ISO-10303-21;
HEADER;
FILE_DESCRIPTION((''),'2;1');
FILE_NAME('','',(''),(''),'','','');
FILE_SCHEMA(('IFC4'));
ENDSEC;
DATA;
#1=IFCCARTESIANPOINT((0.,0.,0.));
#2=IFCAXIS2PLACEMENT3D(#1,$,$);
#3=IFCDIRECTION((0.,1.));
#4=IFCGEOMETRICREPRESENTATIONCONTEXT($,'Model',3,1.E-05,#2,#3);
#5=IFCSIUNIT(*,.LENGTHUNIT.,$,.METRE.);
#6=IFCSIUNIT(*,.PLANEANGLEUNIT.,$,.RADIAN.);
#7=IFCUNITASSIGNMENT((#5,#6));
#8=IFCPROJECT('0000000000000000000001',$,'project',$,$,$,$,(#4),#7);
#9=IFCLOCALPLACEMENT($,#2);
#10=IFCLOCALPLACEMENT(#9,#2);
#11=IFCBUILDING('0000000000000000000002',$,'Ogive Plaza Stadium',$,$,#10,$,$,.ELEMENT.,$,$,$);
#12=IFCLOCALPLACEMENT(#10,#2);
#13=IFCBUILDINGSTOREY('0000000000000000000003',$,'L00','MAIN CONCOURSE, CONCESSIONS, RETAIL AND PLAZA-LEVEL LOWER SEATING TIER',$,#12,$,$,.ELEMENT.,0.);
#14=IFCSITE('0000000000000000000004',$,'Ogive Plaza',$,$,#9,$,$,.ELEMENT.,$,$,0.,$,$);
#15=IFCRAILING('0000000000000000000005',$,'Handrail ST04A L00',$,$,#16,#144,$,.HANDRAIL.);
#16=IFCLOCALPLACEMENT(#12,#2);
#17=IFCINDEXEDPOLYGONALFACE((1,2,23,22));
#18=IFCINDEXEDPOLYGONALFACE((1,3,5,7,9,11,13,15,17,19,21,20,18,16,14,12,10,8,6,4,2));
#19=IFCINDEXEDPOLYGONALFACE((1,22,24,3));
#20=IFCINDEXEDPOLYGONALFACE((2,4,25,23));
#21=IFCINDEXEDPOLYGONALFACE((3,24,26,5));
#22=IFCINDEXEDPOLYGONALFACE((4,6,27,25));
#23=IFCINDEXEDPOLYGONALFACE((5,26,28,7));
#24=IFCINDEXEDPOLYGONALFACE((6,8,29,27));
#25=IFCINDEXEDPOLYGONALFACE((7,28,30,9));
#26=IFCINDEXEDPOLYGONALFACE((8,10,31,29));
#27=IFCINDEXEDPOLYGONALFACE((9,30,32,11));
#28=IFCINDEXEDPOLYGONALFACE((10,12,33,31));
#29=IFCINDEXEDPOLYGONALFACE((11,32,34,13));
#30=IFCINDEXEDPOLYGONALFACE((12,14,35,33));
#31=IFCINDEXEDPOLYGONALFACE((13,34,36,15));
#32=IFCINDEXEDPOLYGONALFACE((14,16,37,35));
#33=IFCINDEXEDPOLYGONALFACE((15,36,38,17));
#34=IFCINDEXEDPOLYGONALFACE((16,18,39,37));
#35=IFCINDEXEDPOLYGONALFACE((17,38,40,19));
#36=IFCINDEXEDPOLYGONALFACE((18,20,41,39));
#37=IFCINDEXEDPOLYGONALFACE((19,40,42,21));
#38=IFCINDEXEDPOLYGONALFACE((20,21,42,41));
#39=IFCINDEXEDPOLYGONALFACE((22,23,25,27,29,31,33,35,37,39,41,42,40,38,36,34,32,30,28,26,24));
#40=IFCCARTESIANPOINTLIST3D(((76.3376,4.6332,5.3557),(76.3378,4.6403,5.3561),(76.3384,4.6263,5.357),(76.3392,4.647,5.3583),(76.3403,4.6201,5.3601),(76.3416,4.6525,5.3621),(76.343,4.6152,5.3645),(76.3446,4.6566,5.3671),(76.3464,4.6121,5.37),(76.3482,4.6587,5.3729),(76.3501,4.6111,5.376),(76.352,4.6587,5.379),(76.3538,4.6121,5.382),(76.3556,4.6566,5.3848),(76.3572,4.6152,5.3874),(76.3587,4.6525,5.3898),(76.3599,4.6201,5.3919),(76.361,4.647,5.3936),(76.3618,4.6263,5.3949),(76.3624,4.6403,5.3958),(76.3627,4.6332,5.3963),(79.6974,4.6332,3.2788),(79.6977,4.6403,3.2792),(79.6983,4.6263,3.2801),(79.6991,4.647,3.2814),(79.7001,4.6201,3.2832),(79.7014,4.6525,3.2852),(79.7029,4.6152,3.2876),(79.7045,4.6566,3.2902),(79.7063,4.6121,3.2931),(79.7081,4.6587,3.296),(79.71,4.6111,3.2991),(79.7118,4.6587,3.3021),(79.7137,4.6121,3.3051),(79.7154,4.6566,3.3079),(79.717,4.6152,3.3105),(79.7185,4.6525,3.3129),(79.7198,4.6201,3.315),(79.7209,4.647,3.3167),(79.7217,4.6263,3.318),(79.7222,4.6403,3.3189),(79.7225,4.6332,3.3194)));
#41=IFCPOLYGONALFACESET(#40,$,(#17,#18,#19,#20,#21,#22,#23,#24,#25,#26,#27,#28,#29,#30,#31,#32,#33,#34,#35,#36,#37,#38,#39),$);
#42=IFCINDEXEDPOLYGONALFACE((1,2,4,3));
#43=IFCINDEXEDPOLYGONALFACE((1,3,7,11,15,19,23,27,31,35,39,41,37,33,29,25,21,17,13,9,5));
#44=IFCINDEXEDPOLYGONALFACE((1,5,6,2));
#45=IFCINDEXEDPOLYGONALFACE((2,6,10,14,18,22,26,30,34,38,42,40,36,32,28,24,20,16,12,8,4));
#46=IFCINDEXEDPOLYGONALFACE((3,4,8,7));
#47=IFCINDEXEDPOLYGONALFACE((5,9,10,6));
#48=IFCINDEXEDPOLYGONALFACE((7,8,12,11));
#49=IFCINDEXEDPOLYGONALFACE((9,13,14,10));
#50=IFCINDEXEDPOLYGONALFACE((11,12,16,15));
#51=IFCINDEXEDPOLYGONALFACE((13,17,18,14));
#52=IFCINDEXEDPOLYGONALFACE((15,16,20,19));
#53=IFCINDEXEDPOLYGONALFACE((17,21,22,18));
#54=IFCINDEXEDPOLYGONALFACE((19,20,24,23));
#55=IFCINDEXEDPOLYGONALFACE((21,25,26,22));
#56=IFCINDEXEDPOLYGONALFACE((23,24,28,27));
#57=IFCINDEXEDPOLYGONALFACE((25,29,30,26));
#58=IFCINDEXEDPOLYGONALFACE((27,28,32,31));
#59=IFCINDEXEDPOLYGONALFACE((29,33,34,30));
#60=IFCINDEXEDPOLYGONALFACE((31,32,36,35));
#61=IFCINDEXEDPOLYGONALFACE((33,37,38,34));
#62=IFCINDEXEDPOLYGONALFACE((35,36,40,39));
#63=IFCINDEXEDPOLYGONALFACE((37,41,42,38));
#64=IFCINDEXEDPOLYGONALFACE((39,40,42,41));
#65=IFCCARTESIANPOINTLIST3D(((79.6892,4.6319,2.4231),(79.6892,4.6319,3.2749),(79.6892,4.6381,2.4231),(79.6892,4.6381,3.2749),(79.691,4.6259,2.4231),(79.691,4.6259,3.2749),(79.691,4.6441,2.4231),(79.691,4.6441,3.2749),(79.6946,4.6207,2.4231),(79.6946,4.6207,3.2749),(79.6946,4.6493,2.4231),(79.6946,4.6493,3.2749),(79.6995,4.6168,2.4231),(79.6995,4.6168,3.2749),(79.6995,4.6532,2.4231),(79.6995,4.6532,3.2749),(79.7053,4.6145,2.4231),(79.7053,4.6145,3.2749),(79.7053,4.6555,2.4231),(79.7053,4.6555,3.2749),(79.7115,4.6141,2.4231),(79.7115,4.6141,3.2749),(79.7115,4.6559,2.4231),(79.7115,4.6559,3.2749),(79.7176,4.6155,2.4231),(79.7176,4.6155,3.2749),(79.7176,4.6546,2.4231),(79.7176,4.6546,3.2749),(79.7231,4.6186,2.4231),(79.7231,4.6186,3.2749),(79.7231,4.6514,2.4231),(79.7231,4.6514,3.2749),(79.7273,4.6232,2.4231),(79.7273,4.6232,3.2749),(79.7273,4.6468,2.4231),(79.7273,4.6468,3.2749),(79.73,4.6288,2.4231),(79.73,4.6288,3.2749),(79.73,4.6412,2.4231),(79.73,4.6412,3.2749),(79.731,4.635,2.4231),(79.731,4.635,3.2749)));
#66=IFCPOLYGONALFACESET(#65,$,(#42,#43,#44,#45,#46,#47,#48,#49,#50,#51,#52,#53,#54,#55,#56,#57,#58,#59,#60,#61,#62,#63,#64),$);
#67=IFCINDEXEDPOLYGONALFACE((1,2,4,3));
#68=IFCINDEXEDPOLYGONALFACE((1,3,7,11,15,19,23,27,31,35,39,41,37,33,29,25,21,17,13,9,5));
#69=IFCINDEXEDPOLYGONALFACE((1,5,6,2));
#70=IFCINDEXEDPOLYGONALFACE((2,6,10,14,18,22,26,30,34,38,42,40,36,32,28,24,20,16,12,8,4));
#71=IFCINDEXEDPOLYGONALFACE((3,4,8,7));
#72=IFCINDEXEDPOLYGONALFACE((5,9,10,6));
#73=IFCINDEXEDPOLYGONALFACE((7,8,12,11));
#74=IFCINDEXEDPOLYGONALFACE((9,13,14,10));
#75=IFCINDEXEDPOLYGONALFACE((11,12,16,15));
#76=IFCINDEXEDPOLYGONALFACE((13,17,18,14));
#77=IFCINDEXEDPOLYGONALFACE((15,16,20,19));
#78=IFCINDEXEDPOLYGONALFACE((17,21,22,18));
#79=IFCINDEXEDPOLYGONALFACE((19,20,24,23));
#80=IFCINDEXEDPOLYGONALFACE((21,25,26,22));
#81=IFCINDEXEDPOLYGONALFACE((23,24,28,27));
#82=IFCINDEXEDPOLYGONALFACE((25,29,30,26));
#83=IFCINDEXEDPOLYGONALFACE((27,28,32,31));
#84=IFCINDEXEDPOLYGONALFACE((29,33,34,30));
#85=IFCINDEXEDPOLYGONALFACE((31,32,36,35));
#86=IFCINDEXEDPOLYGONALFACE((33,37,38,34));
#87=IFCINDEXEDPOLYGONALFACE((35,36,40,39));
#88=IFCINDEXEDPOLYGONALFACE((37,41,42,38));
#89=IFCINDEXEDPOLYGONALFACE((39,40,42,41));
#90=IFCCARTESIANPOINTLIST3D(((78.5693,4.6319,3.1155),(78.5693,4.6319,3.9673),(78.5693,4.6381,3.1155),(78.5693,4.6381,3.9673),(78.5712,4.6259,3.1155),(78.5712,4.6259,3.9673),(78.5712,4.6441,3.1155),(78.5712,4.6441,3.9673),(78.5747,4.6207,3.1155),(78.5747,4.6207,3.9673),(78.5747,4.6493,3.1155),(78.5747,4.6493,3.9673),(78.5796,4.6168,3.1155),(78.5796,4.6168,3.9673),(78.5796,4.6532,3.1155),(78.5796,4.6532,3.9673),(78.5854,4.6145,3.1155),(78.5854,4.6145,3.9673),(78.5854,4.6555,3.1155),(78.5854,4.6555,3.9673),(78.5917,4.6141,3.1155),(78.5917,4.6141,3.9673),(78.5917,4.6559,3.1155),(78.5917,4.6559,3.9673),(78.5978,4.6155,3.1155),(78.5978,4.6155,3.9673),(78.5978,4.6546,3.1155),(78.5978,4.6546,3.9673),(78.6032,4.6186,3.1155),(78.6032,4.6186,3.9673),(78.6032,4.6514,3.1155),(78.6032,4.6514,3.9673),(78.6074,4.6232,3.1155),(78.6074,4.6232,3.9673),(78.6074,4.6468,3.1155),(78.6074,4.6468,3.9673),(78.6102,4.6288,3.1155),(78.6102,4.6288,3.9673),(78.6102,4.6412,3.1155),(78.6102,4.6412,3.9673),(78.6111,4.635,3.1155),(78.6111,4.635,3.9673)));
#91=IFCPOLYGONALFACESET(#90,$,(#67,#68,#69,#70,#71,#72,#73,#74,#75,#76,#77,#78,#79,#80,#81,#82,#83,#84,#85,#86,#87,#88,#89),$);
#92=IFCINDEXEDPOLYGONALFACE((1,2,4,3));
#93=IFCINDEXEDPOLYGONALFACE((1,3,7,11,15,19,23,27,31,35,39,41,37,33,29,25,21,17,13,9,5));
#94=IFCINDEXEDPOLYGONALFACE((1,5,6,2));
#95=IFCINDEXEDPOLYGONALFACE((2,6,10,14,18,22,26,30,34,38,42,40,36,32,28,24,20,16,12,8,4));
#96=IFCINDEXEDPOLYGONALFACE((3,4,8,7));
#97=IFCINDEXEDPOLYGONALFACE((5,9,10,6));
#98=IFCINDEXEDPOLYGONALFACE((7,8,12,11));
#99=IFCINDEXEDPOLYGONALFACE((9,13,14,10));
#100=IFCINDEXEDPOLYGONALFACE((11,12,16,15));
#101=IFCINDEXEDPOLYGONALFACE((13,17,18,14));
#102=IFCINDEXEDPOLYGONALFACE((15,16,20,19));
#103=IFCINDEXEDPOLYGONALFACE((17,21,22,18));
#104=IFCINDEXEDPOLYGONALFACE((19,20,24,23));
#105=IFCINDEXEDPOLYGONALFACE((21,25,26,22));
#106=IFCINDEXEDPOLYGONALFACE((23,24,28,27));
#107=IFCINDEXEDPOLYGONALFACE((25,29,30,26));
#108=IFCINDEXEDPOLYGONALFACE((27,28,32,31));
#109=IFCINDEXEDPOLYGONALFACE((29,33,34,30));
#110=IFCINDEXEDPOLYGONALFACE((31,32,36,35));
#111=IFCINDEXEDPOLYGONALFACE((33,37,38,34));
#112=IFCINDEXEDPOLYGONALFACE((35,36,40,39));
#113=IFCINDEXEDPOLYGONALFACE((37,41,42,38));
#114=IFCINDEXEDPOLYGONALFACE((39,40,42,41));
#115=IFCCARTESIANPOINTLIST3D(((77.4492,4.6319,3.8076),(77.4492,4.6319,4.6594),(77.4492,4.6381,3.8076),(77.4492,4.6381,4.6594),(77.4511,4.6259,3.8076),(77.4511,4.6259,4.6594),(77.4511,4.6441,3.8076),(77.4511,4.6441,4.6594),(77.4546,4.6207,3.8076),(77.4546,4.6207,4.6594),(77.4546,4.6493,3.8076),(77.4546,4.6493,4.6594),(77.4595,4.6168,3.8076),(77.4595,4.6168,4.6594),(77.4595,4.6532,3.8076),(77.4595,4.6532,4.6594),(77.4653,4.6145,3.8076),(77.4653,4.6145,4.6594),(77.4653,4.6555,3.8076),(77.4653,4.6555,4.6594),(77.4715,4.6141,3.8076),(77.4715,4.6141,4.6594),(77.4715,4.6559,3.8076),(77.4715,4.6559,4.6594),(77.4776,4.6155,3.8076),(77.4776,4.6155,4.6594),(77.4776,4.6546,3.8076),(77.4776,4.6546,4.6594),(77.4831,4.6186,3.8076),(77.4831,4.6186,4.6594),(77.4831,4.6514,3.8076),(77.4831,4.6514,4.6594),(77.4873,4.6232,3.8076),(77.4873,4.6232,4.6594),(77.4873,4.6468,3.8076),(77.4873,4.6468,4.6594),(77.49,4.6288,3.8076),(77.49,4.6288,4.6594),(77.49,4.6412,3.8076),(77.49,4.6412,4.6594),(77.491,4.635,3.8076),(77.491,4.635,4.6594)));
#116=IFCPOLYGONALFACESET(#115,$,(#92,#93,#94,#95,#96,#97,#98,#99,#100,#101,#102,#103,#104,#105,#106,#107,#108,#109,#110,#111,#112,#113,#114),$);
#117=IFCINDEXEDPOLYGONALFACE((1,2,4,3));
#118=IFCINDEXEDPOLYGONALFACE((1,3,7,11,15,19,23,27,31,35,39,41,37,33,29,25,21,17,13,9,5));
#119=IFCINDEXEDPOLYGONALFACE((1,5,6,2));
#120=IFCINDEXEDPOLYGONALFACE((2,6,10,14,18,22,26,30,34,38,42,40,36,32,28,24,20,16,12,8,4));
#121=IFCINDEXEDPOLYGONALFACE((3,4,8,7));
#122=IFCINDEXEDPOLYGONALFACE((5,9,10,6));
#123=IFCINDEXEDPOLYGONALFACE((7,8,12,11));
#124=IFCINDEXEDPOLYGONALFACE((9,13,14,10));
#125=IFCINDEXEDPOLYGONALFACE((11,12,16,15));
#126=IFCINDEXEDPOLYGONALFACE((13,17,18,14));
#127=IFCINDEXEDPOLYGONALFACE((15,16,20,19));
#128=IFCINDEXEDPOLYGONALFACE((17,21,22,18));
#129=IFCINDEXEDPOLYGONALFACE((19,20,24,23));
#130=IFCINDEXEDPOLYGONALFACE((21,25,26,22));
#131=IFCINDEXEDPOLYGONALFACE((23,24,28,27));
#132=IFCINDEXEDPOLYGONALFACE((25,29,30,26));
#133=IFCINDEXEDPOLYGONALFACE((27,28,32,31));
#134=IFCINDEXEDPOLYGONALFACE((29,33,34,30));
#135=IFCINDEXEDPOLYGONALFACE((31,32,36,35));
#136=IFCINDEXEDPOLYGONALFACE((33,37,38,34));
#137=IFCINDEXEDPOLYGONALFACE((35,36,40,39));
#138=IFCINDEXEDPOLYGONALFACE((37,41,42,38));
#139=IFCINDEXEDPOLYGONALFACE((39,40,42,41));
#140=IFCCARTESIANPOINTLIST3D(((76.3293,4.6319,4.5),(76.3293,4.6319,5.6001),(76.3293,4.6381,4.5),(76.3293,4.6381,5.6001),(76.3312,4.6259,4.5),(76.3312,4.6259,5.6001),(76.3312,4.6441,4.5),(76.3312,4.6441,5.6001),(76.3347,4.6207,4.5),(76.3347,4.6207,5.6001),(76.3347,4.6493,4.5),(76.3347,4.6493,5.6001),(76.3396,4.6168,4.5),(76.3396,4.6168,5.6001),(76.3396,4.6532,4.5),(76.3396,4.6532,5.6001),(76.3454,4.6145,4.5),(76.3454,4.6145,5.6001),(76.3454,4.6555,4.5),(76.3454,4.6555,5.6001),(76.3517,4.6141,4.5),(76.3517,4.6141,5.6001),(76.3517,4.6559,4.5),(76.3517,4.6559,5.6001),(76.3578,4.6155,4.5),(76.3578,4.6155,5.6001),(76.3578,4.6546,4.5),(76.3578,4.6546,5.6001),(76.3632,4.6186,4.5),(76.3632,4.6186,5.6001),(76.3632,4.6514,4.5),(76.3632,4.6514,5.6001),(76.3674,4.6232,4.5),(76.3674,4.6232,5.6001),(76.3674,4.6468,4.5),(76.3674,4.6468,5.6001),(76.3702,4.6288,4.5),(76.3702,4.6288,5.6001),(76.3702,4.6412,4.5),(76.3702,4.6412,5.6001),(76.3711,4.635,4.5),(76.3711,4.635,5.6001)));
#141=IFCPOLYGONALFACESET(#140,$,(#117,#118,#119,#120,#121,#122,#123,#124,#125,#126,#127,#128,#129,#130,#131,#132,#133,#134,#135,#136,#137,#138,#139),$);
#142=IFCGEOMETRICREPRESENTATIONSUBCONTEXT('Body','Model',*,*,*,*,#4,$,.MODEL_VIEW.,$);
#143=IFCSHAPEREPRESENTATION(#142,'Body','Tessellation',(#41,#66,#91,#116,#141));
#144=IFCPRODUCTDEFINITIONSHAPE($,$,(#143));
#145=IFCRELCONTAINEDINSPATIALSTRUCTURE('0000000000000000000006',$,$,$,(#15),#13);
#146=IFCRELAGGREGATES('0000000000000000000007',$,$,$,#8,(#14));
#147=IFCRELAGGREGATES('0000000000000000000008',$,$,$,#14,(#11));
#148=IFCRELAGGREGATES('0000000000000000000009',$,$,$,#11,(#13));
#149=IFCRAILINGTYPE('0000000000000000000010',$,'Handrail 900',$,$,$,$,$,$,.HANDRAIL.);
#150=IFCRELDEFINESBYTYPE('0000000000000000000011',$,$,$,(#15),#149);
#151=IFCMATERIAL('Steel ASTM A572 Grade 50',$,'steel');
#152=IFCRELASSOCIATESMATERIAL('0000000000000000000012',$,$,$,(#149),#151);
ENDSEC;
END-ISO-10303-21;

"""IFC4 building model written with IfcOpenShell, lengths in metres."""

from ifc_helpers import new_model, si_unit, direction, frame, origin, origin_2d, place, context, subcontext, project, spatial, circle, extrude, material, type_object, element, save


model = new_model("IFC4")

# Units and contexts
model_context = context("Model", 3, precision=1e-05, world=origin(), true_north=direction((0.0, 1.0)))
body_context = subcontext(model_context, "Body", "Model", "MODEL_VIEW")
ifc_project = project(units=[si_unit("LENGTHUNIT", "METRE"), si_unit("PLANEANGLEUNIT", "RADIAN")], contexts=[model_context])

# Site, building, storey
site_placement = place(None, origin())
site = spatial("IfcSite", under=ifc_project, at=site_placement, Name="Ogive Plaza", CompositionType="ELEMENT", RefElevation=0.0)
building_placement = place(site_placement, origin())
building = spatial("IfcBuilding", under=site, at=building_placement, Name="Ogive Plaza Stadium", CompositionType="ELEMENT")
storey_placement = place(building_placement, origin())
storey = spatial("IfcBuildingStorey", under=building, at=storey_placement, Name="L00", Description="MAIN CONCOURSE, CONCESSIONS, RETAIL AND PLAZA-LEVEL LOWER SEATING TIER", CompositionType="ELEMENT", Elevation=0.0)

# Railing
ifc_material_1 = material(Name="Steel ASTM A572 Grade 50", Category="steel")
railing_type_1 = type_object("IfcRailingType", Name="Handrail 900", PredefinedType="HANDRAIL", material=ifc_material_1)
for number, where, name in (
    (1, (79.71, 4.635, 2.4231), "Handrail ST04A L00"),
):
    element("IfcRailing", number, at=place(storey_placement, frame(where)), inside=storey, type_object=railing_type_1, Name=name, PredefinedType="HANDRAIL", context=body_context, shape_type="SweptSolid", body=[
        extrude(circle(Radius=0.0239, at=origin_2d()), frame((0.0, 0.0, 0.876), z_axis=(-0.850606, 0.0, 0.525803), x_axis=(0.0, -1.0, 0.0)), (0.0, 0.0, 1.0), 3.95),
        extrude(circle(Radius=0.021, at=origin_2d()), origin(), (0.0, 0.0, 1.0), 0.8518),
        extrude(circle(Radius=0.021, at=origin_2d()), frame((-1.1199, 0.0, 0.6924)), (0.0, 0.0, 1.0), 0.8518),
        extrude(circle(Radius=0.021, at=origin_2d()), frame((-2.24, 0.0, 1.3845)), (0.0, 0.0, 1.0), 0.8518),
        extrude(circle(Radius=0.021, at=origin_2d()), frame((-3.3599, 0.0, 2.0769)), (0.0, 0.0, 1.0), 1.1001),
    ])

save(model, "model.ifc")
